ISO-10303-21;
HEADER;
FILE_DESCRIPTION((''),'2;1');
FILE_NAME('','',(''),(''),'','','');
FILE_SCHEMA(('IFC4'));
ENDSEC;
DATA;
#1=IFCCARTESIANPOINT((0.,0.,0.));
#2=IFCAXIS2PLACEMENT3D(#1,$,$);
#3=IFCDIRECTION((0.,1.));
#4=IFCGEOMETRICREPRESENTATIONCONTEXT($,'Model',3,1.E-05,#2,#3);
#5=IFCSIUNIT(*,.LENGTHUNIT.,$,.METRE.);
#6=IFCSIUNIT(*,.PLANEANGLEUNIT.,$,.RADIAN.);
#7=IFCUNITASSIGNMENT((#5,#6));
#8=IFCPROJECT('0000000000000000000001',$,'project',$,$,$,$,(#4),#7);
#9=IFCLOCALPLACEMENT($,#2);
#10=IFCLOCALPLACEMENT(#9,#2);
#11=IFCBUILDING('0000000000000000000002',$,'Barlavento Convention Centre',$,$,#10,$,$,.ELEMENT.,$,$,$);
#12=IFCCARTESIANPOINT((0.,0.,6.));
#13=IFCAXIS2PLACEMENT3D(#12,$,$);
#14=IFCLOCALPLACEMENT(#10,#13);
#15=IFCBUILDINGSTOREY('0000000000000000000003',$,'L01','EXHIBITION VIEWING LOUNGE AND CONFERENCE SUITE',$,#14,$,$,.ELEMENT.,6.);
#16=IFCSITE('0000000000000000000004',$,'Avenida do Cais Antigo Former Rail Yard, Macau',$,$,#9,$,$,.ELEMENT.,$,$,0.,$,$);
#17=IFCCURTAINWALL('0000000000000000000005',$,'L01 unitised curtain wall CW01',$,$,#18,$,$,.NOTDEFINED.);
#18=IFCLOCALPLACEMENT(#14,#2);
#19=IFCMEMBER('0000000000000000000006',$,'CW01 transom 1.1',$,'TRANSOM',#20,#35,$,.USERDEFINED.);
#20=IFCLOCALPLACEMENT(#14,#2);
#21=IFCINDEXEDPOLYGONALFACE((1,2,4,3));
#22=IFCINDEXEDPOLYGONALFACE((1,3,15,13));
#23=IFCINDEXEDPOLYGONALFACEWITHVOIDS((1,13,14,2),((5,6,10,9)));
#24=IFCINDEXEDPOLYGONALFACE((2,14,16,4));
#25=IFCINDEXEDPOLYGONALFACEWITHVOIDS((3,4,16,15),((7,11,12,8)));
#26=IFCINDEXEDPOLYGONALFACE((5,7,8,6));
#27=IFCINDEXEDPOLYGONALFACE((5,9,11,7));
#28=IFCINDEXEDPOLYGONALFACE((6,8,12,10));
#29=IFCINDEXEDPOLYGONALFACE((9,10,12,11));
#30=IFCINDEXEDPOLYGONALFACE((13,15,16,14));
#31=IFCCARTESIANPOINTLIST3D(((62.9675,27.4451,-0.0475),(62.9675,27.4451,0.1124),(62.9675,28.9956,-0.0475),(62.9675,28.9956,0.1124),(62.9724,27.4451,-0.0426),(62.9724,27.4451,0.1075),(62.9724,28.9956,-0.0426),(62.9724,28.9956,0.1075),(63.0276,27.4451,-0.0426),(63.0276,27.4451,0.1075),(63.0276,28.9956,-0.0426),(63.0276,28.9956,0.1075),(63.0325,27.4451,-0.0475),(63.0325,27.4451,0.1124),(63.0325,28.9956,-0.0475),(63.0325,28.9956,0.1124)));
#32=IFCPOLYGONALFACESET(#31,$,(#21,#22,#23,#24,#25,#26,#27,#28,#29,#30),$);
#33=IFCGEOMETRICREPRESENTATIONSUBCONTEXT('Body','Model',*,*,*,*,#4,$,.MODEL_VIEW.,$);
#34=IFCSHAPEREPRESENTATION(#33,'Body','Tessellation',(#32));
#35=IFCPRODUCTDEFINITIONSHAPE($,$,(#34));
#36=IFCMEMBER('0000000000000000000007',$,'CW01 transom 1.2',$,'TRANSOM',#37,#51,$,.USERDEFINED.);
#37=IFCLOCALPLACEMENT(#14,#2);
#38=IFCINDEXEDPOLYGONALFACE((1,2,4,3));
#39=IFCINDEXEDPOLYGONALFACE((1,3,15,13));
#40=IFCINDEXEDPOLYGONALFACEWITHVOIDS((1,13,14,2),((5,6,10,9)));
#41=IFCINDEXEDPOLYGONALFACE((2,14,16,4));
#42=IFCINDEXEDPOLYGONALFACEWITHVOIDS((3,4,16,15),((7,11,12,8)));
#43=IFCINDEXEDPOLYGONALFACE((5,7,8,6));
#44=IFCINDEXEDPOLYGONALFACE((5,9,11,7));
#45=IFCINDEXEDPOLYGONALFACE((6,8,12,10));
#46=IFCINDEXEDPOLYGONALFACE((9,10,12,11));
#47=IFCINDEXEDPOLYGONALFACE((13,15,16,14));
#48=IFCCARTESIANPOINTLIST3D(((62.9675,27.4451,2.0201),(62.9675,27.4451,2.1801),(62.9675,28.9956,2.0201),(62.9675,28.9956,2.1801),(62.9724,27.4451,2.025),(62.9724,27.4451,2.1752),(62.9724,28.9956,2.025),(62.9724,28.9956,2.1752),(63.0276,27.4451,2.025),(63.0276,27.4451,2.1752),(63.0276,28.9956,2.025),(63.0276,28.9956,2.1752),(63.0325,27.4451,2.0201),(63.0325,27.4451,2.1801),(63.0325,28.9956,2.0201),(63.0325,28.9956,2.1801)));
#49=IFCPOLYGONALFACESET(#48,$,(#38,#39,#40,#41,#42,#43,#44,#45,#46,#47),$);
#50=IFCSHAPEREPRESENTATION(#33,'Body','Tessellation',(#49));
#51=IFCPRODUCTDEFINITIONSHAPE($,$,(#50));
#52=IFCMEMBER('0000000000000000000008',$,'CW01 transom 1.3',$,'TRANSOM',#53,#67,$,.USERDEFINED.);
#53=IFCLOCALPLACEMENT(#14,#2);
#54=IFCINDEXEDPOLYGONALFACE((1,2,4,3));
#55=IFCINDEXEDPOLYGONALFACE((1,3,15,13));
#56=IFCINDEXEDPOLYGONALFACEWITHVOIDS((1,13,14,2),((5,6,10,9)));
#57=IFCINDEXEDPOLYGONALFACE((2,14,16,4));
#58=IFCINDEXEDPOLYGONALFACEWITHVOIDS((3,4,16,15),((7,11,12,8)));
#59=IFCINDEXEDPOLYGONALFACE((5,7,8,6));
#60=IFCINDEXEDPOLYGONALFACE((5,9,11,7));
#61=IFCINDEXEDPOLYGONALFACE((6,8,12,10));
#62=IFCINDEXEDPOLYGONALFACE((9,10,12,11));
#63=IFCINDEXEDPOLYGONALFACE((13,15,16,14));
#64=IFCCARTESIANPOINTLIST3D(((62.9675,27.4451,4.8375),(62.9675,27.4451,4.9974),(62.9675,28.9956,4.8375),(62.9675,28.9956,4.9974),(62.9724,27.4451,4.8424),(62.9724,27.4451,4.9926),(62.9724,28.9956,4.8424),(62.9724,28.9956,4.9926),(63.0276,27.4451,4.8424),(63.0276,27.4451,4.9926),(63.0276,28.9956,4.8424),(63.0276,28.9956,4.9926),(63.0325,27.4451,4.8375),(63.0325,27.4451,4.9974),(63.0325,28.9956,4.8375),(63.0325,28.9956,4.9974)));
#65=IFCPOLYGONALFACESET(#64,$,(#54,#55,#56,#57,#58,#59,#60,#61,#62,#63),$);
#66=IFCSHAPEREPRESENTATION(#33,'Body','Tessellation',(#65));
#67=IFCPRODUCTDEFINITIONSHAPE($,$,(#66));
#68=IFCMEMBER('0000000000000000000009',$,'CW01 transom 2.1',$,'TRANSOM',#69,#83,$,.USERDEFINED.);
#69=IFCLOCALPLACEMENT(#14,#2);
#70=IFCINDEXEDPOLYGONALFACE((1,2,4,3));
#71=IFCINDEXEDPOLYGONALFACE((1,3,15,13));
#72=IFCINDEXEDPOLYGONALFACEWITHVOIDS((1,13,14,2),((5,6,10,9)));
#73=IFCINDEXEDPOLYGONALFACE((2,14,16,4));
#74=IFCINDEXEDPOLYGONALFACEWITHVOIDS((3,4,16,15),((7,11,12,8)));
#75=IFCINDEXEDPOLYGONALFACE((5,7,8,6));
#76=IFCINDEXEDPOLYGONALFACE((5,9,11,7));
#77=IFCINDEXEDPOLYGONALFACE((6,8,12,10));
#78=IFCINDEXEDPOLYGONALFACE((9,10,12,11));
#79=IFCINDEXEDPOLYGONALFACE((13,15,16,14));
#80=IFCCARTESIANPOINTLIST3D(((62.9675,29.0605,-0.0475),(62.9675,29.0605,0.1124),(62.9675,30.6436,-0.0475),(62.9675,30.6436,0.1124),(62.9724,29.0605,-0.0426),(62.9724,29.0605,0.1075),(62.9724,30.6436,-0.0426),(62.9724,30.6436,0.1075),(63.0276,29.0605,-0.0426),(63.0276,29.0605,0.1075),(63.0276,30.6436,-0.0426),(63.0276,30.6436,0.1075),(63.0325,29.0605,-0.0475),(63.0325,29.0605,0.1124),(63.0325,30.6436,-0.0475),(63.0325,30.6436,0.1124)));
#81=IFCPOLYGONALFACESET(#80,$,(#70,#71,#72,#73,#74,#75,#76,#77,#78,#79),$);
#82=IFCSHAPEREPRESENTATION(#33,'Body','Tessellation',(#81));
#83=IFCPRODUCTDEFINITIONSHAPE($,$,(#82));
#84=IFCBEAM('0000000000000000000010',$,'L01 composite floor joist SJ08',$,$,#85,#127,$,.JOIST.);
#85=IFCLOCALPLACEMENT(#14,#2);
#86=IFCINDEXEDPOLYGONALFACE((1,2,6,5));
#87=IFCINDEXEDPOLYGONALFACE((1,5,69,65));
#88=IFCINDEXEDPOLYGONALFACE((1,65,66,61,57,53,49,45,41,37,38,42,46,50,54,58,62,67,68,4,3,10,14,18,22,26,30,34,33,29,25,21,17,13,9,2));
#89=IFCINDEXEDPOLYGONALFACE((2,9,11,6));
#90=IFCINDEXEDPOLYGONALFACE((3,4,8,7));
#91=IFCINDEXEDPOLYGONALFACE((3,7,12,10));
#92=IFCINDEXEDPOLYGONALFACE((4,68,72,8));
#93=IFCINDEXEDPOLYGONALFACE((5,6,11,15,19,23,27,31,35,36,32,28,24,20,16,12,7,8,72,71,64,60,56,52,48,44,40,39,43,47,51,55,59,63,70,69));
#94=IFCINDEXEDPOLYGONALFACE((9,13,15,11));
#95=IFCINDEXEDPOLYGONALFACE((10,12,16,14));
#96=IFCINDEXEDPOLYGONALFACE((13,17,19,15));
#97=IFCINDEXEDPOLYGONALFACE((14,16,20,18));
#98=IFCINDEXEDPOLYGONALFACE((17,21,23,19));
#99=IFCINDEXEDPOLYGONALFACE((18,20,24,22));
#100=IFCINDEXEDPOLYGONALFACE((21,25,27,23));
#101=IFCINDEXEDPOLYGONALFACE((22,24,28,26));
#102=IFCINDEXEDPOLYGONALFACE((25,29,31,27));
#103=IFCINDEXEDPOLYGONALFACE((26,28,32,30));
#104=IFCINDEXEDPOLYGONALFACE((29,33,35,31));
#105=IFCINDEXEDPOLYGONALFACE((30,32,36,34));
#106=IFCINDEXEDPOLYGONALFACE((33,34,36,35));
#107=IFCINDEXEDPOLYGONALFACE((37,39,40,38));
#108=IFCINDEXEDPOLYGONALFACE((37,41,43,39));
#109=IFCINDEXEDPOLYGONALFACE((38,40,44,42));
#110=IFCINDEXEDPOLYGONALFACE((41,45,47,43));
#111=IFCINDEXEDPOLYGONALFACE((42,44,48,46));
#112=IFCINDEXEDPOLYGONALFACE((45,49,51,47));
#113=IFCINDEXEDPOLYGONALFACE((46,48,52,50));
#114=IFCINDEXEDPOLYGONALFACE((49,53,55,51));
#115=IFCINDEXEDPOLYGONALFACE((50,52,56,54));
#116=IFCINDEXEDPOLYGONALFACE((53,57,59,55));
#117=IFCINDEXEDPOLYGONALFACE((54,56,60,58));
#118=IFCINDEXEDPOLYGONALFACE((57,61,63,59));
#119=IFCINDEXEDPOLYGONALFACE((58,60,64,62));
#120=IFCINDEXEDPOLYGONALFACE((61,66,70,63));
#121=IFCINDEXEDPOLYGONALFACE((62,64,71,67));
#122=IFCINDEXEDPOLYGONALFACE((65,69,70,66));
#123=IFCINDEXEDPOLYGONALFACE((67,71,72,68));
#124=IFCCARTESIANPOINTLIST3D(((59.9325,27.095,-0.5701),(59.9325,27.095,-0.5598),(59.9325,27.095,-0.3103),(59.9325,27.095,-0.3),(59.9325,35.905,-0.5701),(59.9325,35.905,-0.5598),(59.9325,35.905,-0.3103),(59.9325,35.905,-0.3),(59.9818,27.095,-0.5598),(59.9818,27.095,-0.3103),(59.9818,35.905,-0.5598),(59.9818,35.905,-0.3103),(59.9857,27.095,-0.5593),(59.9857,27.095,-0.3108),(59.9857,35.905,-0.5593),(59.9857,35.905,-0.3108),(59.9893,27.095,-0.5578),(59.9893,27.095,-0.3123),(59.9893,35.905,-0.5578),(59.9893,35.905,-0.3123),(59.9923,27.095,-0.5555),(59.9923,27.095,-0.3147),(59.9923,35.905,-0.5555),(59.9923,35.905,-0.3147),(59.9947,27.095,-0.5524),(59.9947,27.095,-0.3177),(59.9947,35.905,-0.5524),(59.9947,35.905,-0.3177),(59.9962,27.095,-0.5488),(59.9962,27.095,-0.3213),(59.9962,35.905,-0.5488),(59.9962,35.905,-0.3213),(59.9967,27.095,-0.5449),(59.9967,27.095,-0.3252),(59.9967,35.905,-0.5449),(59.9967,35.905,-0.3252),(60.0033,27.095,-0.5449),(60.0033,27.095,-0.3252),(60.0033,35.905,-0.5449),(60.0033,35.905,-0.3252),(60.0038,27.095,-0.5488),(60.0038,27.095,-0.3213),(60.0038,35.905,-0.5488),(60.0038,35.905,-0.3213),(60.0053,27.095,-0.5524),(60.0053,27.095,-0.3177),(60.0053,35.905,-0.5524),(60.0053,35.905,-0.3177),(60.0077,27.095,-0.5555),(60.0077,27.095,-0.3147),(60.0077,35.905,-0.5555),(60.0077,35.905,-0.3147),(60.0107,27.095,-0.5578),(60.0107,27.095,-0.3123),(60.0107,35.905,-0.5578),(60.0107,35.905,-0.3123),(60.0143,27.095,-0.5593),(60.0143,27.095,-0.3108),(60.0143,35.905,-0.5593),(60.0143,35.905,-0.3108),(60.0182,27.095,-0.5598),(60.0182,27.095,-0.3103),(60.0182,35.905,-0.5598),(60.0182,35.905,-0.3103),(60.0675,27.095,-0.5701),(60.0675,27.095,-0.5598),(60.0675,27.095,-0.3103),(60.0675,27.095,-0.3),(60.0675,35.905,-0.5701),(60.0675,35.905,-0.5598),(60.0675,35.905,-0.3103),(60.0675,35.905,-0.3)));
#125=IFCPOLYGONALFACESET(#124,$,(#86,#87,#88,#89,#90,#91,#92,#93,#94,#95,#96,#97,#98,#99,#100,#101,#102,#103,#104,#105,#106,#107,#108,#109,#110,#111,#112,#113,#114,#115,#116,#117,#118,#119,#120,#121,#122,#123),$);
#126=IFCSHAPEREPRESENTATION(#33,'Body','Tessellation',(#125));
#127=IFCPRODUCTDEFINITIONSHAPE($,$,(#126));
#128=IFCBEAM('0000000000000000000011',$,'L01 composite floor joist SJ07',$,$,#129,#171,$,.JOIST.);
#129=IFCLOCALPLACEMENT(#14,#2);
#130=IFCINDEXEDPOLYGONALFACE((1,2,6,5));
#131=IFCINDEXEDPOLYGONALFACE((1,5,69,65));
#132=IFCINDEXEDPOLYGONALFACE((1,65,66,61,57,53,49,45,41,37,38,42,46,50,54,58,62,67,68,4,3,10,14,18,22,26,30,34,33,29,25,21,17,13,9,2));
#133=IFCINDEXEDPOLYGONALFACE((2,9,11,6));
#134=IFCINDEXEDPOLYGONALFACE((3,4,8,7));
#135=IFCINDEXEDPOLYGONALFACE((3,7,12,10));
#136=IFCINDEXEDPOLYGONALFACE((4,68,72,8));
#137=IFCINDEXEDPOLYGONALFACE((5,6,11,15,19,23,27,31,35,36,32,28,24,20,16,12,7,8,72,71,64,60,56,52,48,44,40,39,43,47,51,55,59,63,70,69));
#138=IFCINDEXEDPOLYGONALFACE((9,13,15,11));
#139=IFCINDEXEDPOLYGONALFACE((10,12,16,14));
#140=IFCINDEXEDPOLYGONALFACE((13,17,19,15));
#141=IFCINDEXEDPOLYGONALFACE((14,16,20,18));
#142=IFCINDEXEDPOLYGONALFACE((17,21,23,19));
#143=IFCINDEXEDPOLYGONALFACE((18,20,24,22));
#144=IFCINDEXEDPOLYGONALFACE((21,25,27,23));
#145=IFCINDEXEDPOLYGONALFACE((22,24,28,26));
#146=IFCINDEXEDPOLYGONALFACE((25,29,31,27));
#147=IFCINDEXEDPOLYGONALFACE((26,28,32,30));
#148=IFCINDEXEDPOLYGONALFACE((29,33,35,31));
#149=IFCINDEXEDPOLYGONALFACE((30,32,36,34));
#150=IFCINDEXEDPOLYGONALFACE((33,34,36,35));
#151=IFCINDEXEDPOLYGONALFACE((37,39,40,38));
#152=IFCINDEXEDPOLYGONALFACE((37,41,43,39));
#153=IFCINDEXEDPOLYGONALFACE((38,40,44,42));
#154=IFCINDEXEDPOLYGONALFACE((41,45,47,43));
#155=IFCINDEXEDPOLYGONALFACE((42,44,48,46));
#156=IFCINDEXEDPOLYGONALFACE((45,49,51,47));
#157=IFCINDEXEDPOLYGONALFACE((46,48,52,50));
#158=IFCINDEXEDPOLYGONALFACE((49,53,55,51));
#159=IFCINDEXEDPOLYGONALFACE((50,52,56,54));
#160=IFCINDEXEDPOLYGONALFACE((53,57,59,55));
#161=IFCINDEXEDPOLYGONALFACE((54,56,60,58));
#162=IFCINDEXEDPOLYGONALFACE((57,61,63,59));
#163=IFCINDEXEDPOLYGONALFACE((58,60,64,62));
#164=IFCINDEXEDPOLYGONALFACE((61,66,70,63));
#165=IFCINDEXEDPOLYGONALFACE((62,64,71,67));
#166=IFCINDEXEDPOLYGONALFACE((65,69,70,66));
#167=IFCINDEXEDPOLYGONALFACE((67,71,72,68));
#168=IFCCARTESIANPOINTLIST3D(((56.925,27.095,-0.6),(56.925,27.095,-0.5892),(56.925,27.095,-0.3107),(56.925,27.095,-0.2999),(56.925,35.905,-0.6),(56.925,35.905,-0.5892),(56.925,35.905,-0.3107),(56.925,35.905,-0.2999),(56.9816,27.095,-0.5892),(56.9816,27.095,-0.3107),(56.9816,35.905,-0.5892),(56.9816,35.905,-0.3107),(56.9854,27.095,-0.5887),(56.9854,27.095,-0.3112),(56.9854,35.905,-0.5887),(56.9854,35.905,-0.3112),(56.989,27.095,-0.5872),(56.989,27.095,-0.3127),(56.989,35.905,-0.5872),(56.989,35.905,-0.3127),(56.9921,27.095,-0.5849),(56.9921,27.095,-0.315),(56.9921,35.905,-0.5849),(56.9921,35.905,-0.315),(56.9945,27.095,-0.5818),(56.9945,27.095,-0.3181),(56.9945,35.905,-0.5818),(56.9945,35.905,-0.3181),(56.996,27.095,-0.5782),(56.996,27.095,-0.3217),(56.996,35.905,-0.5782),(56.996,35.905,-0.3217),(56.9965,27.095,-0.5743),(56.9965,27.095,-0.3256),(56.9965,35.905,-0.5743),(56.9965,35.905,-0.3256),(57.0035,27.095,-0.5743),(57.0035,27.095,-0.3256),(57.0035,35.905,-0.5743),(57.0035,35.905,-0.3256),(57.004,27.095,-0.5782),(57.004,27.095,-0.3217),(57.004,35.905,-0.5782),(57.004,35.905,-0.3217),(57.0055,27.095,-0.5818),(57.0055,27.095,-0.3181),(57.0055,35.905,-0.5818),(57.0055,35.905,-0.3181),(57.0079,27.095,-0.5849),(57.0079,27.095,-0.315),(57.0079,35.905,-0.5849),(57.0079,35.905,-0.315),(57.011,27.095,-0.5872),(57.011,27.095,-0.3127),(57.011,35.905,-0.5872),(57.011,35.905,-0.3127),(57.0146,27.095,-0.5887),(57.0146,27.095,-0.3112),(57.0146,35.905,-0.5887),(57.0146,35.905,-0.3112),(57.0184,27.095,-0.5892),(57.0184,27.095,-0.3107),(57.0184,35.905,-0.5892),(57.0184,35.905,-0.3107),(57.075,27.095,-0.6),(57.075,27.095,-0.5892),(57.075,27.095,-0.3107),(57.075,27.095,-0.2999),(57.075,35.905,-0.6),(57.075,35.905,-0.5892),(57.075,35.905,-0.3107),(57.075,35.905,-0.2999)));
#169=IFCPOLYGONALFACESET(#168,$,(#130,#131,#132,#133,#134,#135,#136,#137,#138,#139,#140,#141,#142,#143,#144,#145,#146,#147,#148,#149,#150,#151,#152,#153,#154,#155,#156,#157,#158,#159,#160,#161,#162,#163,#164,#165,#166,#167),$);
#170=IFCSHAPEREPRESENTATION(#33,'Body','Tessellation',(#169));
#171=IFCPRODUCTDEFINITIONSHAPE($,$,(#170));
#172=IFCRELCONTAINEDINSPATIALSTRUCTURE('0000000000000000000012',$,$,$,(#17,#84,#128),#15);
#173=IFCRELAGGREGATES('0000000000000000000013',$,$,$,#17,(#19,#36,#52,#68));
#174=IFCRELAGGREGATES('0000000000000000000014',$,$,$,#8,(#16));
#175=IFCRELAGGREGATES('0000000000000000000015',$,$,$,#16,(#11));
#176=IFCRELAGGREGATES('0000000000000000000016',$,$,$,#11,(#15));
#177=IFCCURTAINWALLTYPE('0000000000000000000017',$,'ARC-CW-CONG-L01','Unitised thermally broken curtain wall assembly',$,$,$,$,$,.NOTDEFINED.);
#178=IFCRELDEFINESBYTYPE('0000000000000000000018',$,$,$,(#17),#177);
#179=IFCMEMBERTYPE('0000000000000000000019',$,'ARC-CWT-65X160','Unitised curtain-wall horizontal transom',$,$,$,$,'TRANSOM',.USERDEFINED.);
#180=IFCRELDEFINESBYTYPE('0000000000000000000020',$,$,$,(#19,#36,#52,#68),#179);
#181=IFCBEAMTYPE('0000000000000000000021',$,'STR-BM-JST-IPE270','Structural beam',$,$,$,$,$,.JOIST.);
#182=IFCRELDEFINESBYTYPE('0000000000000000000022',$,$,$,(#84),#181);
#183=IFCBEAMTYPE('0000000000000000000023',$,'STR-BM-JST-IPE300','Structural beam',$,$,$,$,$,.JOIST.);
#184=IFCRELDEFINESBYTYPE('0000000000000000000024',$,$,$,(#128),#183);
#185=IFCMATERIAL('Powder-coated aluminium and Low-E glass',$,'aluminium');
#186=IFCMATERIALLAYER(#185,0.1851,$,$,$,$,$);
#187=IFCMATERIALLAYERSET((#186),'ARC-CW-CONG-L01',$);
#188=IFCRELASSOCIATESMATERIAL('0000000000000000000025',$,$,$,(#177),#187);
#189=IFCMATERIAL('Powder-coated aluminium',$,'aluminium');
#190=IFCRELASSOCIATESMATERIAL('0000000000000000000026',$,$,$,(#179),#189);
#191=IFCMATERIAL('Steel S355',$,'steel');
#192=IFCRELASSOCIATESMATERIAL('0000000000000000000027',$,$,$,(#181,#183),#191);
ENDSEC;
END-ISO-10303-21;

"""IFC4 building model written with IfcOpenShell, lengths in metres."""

from ifc_helpers import new_model, si_unit, direction, frame, origin, origin_2d, place, context, subcontext, project, spatial, hollow_rectangle, i_section, extrude, material, layer, layer_set, material_profile, profile_set, type_object, element, aggregate, save


model = new_model("IFC4")

# Units and contexts
model_context = context("Model", 3, precision=1e-05, world=origin(), true_north=direction((0.0, 1.0)))
body_context = subcontext(model_context, "Body", "Model", "MODEL_VIEW")
ifc_project = project(units=[si_unit("LENGTHUNIT", "METRE"), si_unit("PLANEANGLEUNIT", "RADIAN")], contexts=[model_context])

# Site, building, storey
site_placement = place(None, origin())
site = spatial("IfcSite", under=ifc_project, at=site_placement, Name="Avenida do Cais Antigo Former Rail Yard, Macau", CompositionType="ELEMENT", RefElevation=0.0)
building_placement = place(site_placement, origin())
building = spatial("IfcBuilding", under=site, at=building_placement, Name="Barlavento Convention Centre", CompositionType="ELEMENT")
storey_placement = place(building_placement, frame((0.0, 0.0, 6.0)))
storey = spatial("IfcBuildingStorey", under=building, at=storey_placement, Name="L01", Description="EXHIBITION VIEWING LOUNGE AND CONFERENCE SUITE", CompositionType="ELEMENT", Elevation=6.0)

# Shared definitions
ifc_material_1 = material(Name="Steel S355", Category="steel")

# Shared definitions
ifc_material_2 = material(Name="Powder-coated aluminium and Low-E glass", Category="aluminium")
ifc_layer_1 = layer(ifc_material_2, 0.1851)
ifc_layer_set_1 = layer_set([ifc_layer_1], Name="ARC-CW-CONG-L01")
curtain_wall_type = type_object("IfcCurtainWallType", Name="ARC-CW-CONG-L01", Description="Unitised thermally broken curtain wall assembly", PredefinedType="NOTDEFINED", material=ifc_layer_set_1)
ifc_material_3 = material(Name="Powder-coated aluminium", Category="aluminium")

# Curtain wall
curtain_wall_1_placement = place(storey_placement, origin())
curtain_wall_1 = element("IfcCurtainWall", 1, at=curtain_wall_1_placement, inside=storey, type_object=curtain_wall_type, Name="L01 unitised curtain wall CW01", PredefinedType="NOTDEFINED")

# Members
ifc_material_profile_1 = material_profile(ifc_material_3, hollow_rectangle(XDim=0.0649, YDim=0.1599, WallThickness=0.0049, at=origin_2d()), Name="AL-TRAN 65x160x5")
ifc_profile_set_1 = profile_set([ifc_material_profile_1], Name="Powder-coated aluminium")
member_type_1 = type_object("IfcMemberType", Name="ARC-CWT-65X160", Description="Unitised curtain-wall horizontal transom", ElementType="TRANSOM", PredefinedType="USERDEFINED", material=ifc_profile_set_1)
member_1_placement = place(storey_placement, frame((63.0, 27.4451, 0.0325), z_axis=(0.0, 1.0, 0.0), x_axis=(-1.0, 0.0, 0.0)))
member_1 = element("IfcMember", 2, at=member_1_placement, type_object=member_type_1, Name="CW01 transom 1.1", ObjectType="TRANSOM", PredefinedType="USERDEFINED", context=body_context, shape_type="SweptSolid", body=[
    extrude(hollow_rectangle(XDim=0.0649, YDim=0.1599, WallThickness=0.0049, at=origin_2d()), origin(), (0.0, 0.0, 1.0), 1.5505),
])
member_2_placement = place(storey_placement, frame((63.0, 27.4451, 2.1001), z_axis=(0.0, 1.0, 0.0), x_axis=(-1.0, 0.0, 0.0)))
member_2 = element("IfcMember", 3, at=member_2_placement, type_object=member_type_1, Name="CW01 transom 1.2", ObjectType="TRANSOM", PredefinedType="USERDEFINED", context=body_context, shape_type="SweptSolid", body=[
    extrude(hollow_rectangle(XDim=0.0649, YDim=0.1599, WallThickness=0.0049, at=origin_2d()), origin(), (0.0, 0.0, 1.0), 1.5505),
])
member_3_placement = place(storey_placement, frame((63.0, 27.4451, 4.9175), z_axis=(0.0, 1.0, 0.0), x_axis=(-1.0, 0.0, 0.0)))
member_3 = element("IfcMember", 4, at=member_3_placement, type_object=member_type_1, Name="CW01 transom 1.3", ObjectType="TRANSOM", PredefinedType="USERDEFINED", context=body_context, shape_type="SweptSolid", body=[
    extrude(hollow_rectangle(XDim=0.0649, YDim=0.1599, WallThickness=0.0049, at=origin_2d()), origin(), (0.0, 0.0, 1.0), 1.5505),
])
member_4_placement = place(storey_placement, frame((63.0, 29.0605, 0.0325), z_axis=(0.0, 1.0, 0.0), x_axis=(-1.0, 0.0, 0.0)))
member_4 = element("IfcMember", 5, at=member_4_placement, type_object=member_type_1, Name="CW01 transom 2.1", ObjectType="TRANSOM", PredefinedType="USERDEFINED", context=body_context, shape_type="SweptSolid", body=[
    extrude(hollow_rectangle(XDim=0.0649, YDim=0.1599, WallThickness=0.0049, at=origin_2d()), origin(), (0.0, 0.0, 1.0), 1.583),
])

# Beams
ifc_material_profile_2 = material_profile(ifc_material_1, i_section(OverallWidth=0.135, OverallDepth=0.27, WebThickness=0.0066, FlangeThickness=0.0103, FilletRadius=0.0149, at=origin_2d()), Name="IPE 270")
ifc_profile_set_2 = profile_set([ifc_material_profile_2], Name="Steel S355")
beam_type_1 = type_object("IfcBeamType", Name="STR-BM-JST-IPE270", Description="Structural beam", PredefinedType="JOIST", material=ifc_profile_set_2)
beam_1_placement = place(storey_placement, frame((60.0, 27.095, -0.4351), z_axis=(0.0, 1.0, 0.0), x_axis=(-1.0, 0.0, 0.0)))
element("IfcBeam", 6, at=beam_1_placement, inside=storey, type_object=beam_type_1, Name="L01 composite floor joist SJ08", PredefinedType="JOIST", context=body_context, shape_type="SweptSolid", body=[
    extrude(i_section(OverallWidth=0.135, OverallDepth=0.27, WebThickness=0.0066, FlangeThickness=0.0103, FilletRadius=0.0149, at=origin_2d()), origin(), (0.0, 0.0, 1.0), 8.8101),
])
ifc_material_profile_3 = material_profile(ifc_material_1, i_section(OverallWidth=0.1499, OverallDepth=0.3, WebThickness=0.0071, FlangeThickness=0.0107, FilletRadius=0.0149, at=origin_2d()), Name="IPE 300")
ifc_profile_set_3 = profile_set([ifc_material_profile_3], Name="Steel S355")
beam_type_2 = type_object("IfcBeamType", Name="STR-BM-JST-IPE300", Description="Structural beam", PredefinedType="JOIST", material=ifc_profile_set_3)
beam_2_placement = place(storey_placement, frame((57.0, 27.095, -0.45), z_axis=(0.0, 1.0, 0.0), x_axis=(-1.0, 0.0, 0.0)))
element("IfcBeam", 7, at=beam_2_placement, inside=storey, type_object=beam_type_2, Name="L01 composite floor joist SJ07", PredefinedType="JOIST", context=body_context, shape_type="SweptSolid", body=[
    extrude(i_section(OverallWidth=0.1499, OverallDepth=0.3, WebThickness=0.0071, FlangeThickness=0.0107, FilletRadius=0.0149, at=origin_2d()), origin(), (0.0, 0.0, 1.0), 8.8101),
])

aggregate(curtain_wall_1, [member_1, member_2, member_3, member_4])

save(model, "model.ifc")
